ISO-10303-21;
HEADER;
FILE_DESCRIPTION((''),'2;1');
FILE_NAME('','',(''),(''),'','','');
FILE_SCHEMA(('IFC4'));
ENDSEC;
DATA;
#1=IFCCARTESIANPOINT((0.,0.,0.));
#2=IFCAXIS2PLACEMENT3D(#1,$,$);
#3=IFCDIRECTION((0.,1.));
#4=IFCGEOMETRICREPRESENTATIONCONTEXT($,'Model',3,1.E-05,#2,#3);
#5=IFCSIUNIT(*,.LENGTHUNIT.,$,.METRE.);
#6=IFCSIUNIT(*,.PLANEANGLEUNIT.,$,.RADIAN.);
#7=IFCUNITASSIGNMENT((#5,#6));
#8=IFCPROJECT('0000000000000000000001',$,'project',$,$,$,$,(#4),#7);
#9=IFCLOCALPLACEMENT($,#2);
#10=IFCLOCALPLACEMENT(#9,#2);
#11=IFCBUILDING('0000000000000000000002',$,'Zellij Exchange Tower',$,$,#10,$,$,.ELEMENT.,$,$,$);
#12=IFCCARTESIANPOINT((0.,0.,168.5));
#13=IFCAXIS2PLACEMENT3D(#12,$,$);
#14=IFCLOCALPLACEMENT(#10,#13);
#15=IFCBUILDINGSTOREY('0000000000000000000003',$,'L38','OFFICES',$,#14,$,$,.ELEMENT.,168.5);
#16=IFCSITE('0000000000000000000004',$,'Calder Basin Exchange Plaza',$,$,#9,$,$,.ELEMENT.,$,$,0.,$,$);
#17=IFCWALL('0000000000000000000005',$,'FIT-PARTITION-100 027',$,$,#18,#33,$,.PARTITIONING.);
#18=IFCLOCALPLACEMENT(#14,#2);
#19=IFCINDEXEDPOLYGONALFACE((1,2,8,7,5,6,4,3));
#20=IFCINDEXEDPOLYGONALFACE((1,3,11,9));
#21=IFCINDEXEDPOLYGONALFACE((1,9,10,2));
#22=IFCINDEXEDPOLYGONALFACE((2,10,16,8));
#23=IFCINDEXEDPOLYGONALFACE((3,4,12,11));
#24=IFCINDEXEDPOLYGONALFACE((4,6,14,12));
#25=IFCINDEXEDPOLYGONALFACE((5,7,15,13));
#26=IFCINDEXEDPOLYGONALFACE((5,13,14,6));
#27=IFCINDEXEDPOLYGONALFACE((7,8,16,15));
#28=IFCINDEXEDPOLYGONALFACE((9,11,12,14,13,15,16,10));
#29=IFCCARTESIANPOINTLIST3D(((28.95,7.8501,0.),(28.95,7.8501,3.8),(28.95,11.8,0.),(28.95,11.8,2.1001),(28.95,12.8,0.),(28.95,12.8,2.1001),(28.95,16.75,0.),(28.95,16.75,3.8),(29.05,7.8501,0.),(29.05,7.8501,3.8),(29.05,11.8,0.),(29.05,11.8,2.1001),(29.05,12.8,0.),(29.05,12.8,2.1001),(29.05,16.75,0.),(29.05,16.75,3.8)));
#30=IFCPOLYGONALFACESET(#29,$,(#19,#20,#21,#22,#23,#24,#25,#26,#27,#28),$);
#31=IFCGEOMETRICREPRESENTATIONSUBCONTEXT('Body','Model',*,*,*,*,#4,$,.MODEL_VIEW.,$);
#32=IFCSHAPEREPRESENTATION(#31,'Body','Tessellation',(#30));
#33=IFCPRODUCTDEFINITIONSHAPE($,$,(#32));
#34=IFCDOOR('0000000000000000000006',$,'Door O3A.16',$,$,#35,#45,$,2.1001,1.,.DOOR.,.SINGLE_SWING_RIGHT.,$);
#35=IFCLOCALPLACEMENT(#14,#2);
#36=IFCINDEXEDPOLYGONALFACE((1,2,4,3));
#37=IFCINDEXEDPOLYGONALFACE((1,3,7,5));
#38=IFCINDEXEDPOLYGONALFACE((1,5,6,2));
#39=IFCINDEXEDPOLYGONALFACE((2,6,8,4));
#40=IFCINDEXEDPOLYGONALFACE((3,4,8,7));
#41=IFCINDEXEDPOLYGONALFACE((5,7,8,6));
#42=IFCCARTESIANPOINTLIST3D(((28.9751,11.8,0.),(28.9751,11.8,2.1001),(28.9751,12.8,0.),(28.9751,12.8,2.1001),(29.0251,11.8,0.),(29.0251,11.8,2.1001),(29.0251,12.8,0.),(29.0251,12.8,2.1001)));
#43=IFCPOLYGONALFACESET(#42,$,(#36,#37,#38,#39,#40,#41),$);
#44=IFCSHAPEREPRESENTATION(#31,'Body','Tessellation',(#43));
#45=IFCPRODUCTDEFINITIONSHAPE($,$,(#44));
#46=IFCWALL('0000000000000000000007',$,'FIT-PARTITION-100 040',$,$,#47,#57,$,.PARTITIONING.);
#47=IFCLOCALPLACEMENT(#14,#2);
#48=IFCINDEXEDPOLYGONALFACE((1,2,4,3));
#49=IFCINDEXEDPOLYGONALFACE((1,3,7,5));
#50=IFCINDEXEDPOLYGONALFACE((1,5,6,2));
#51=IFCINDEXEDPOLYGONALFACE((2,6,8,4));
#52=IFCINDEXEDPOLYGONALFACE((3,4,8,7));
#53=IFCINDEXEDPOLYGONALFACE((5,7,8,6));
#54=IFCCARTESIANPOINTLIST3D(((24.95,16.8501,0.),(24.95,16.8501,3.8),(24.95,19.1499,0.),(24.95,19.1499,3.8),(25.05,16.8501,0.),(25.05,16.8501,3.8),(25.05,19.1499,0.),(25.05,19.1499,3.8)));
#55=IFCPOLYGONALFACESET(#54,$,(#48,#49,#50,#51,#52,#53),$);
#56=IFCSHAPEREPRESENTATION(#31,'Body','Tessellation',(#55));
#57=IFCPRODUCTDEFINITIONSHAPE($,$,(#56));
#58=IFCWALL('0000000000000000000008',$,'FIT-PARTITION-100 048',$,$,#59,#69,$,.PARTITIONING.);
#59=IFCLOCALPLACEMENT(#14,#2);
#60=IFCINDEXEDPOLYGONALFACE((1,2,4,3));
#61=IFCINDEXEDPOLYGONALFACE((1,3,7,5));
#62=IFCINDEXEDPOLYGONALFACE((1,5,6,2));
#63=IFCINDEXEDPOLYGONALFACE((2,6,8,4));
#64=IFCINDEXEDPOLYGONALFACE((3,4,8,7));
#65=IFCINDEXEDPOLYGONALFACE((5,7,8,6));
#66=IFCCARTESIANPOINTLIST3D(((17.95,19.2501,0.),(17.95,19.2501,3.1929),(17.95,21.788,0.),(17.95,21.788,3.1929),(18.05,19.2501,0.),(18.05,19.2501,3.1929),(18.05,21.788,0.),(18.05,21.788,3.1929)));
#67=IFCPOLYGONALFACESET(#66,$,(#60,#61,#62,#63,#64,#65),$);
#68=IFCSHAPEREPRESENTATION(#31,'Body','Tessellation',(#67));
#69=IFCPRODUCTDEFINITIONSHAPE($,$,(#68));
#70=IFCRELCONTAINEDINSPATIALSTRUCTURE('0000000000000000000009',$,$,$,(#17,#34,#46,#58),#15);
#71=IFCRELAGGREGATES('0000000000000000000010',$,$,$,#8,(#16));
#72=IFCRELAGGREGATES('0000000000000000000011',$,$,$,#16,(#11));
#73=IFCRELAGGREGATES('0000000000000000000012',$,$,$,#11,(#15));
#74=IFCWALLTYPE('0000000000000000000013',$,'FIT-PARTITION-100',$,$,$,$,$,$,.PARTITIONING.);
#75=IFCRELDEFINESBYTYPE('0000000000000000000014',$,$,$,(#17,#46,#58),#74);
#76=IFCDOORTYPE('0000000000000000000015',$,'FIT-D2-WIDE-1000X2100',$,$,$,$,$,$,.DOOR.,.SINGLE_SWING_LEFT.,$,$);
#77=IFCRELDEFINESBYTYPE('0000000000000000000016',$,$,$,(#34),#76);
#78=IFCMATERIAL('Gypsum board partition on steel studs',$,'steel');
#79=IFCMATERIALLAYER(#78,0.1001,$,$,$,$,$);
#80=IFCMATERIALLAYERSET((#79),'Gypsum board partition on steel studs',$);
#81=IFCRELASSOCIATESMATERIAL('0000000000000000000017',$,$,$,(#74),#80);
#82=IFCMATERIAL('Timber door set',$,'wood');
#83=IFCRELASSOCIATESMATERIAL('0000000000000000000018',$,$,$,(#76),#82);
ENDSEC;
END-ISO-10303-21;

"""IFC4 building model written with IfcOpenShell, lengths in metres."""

from ifc_helpers import new_model, si_unit, direction, frame, frame_2d, origin, place, context, subcontext, project, spatial, rectangle, extrude, material, layer, layer_set, type_object, element, fill, save


model = new_model("IFC4")

# Units and contexts
model_context = context("Model", 3, precision=1e-05, world=origin(), true_north=direction((0.0, 1.0)))
body_context = subcontext(model_context, "Body", "Model", "MODEL_VIEW")
ifc_project = project(units=[si_unit("LENGTHUNIT", "METRE"), si_unit("PLANEANGLEUNIT", "RADIAN")], contexts=[model_context])

# Site, building, storey
site_placement = place(None, origin())
site = spatial("IfcSite", under=ifc_project, at=site_placement, Name="Calder Basin Exchange Plaza", CompositionType="ELEMENT", RefElevation=0.0)
building_placement = place(site_placement, origin())
building = spatial("IfcBuilding", under=site, at=building_placement, Name="Zellij Exchange Tower", CompositionType="ELEMENT")
storey_placement = place(building_placement, frame((0.0, 0.0, 168.5)))
storey = spatial("IfcBuildingStorey", under=building, at=storey_placement, Name="L38", Description="OFFICES", CompositionType="ELEMENT", Elevation=168.5)

# Shared definitions
ifc_material_1 = material(Name="Gypsum board partition on steel studs", Category="steel")
ifc_layer = layer(ifc_material_1, 0.1001)
ifc_layer_set = layer_set([ifc_layer], Name="Gypsum board partition on steel studs")
wall_type = type_object("IfcWallType", Name="FIT-PARTITION-100", PredefinedType="PARTITIONING", material=ifc_layer_set)

# Wall, opening, door
wall_1_placement = place(storey_placement, frame((29.0, 7.8501, 0.0), z_axis=(0.0, 0.0, 1.0), x_axis=(0.0, 1.0, 0.0)))
wall_1 = element("IfcWall", 1, at=wall_1_placement, inside=storey, type_object=wall_type, Name="FIT-PARTITION-100 027", PredefinedType="PARTITIONING", context=body_context, shape_type="SweptSolid", body=[
    extrude(rectangle(XDim=8.8999, YDim=0.1001, at=frame_2d((4.45, 0.0))), origin(), (0.0, 0.0, 1.0), 3.8),
])
opening_placement = place(wall_1_placement, frame((3.95, 0.0, 0.0)))
opening = element("IfcOpeningElement", 2, at=opening_placement, cuts=wall_1, PredefinedType="OPENING", context=body_context, shape_type="SweptSolid", body=[
    extrude(rectangle(XDim=1.0, YDim=2.1001, at=frame_2d((0.5, 1.05))), frame((0.0, 0.062, 0.0), z_axis=(0.0, -1.0, 0.0), x_axis=(1.0, 0.0, 0.0)), (0.0, 0.0, 1.0), 0.124),
])
ifc_material_2 = material(Name="Timber door set", Category="wood")
door_type = type_object("IfcDoorType", Name="FIT-D2-WIDE-1000X2100", OperationType="SINGLE_SWING_LEFT", PredefinedType="DOOR", material=ifc_material_2)
door_placement = place(opening_placement, origin())
door = element("IfcDoor", 3, at=door_placement, inside=storey, type_object=door_type, Name="Door O3A.16", OperationType="SINGLE_SWING_RIGHT", OverallHeight=2.1001, OverallWidth=1.0, PredefinedType="DOOR", context=body_context, shape_type="SweptSolid", body=[
    extrude(rectangle(XDim=1.0, YDim=2.1001, at=frame_2d((0.5, 1.05))), frame((0.0, 0.0249, 0.0), z_axis=(0.0, -1.0, 0.0), x_axis=(1.0, 0.0, 0.0)), (0.0, 0.0, 1.0), 0.05),
])
fill(opening, door)

# Walls
wall_2_placement = place(storey_placement, frame((25.0, 16.8501, 0.0), z_axis=(0.0, 0.0, 1.0), x_axis=(0.0, 1.0, 0.0)))
element("IfcWall", 4, at=wall_2_placement, inside=storey, type_object=wall_type, Name="FIT-PARTITION-100 040", PredefinedType="PARTITIONING", context=body_context, shape_type="SweptSolid", body=[
    extrude(rectangle(XDim=2.2998, YDim=0.1001, at=frame_2d((1.1499, 0.0))), origin(), (0.0, 0.0, 1.0), 3.8),
])
wall_3_placement = place(storey_placement, frame((18.0, 19.25, 0.0), z_axis=(0.0, 0.0, 1.0), x_axis=(0.0, 1.0, 0.0)))
element("IfcWall", 5, at=wall_3_placement, inside=storey, type_object=wall_type, Name="FIT-PARTITION-100 048", PredefinedType="PARTITIONING", context=body_context, shape_type="SweptSolid", body=[
    extrude(rectangle(XDim=2.5378, YDim=0.1001, at=frame_2d((1.269, 0.0))), origin(), (0.0, 0.0, 1.0), 3.1929),
])

save(model, "model.ifc")
